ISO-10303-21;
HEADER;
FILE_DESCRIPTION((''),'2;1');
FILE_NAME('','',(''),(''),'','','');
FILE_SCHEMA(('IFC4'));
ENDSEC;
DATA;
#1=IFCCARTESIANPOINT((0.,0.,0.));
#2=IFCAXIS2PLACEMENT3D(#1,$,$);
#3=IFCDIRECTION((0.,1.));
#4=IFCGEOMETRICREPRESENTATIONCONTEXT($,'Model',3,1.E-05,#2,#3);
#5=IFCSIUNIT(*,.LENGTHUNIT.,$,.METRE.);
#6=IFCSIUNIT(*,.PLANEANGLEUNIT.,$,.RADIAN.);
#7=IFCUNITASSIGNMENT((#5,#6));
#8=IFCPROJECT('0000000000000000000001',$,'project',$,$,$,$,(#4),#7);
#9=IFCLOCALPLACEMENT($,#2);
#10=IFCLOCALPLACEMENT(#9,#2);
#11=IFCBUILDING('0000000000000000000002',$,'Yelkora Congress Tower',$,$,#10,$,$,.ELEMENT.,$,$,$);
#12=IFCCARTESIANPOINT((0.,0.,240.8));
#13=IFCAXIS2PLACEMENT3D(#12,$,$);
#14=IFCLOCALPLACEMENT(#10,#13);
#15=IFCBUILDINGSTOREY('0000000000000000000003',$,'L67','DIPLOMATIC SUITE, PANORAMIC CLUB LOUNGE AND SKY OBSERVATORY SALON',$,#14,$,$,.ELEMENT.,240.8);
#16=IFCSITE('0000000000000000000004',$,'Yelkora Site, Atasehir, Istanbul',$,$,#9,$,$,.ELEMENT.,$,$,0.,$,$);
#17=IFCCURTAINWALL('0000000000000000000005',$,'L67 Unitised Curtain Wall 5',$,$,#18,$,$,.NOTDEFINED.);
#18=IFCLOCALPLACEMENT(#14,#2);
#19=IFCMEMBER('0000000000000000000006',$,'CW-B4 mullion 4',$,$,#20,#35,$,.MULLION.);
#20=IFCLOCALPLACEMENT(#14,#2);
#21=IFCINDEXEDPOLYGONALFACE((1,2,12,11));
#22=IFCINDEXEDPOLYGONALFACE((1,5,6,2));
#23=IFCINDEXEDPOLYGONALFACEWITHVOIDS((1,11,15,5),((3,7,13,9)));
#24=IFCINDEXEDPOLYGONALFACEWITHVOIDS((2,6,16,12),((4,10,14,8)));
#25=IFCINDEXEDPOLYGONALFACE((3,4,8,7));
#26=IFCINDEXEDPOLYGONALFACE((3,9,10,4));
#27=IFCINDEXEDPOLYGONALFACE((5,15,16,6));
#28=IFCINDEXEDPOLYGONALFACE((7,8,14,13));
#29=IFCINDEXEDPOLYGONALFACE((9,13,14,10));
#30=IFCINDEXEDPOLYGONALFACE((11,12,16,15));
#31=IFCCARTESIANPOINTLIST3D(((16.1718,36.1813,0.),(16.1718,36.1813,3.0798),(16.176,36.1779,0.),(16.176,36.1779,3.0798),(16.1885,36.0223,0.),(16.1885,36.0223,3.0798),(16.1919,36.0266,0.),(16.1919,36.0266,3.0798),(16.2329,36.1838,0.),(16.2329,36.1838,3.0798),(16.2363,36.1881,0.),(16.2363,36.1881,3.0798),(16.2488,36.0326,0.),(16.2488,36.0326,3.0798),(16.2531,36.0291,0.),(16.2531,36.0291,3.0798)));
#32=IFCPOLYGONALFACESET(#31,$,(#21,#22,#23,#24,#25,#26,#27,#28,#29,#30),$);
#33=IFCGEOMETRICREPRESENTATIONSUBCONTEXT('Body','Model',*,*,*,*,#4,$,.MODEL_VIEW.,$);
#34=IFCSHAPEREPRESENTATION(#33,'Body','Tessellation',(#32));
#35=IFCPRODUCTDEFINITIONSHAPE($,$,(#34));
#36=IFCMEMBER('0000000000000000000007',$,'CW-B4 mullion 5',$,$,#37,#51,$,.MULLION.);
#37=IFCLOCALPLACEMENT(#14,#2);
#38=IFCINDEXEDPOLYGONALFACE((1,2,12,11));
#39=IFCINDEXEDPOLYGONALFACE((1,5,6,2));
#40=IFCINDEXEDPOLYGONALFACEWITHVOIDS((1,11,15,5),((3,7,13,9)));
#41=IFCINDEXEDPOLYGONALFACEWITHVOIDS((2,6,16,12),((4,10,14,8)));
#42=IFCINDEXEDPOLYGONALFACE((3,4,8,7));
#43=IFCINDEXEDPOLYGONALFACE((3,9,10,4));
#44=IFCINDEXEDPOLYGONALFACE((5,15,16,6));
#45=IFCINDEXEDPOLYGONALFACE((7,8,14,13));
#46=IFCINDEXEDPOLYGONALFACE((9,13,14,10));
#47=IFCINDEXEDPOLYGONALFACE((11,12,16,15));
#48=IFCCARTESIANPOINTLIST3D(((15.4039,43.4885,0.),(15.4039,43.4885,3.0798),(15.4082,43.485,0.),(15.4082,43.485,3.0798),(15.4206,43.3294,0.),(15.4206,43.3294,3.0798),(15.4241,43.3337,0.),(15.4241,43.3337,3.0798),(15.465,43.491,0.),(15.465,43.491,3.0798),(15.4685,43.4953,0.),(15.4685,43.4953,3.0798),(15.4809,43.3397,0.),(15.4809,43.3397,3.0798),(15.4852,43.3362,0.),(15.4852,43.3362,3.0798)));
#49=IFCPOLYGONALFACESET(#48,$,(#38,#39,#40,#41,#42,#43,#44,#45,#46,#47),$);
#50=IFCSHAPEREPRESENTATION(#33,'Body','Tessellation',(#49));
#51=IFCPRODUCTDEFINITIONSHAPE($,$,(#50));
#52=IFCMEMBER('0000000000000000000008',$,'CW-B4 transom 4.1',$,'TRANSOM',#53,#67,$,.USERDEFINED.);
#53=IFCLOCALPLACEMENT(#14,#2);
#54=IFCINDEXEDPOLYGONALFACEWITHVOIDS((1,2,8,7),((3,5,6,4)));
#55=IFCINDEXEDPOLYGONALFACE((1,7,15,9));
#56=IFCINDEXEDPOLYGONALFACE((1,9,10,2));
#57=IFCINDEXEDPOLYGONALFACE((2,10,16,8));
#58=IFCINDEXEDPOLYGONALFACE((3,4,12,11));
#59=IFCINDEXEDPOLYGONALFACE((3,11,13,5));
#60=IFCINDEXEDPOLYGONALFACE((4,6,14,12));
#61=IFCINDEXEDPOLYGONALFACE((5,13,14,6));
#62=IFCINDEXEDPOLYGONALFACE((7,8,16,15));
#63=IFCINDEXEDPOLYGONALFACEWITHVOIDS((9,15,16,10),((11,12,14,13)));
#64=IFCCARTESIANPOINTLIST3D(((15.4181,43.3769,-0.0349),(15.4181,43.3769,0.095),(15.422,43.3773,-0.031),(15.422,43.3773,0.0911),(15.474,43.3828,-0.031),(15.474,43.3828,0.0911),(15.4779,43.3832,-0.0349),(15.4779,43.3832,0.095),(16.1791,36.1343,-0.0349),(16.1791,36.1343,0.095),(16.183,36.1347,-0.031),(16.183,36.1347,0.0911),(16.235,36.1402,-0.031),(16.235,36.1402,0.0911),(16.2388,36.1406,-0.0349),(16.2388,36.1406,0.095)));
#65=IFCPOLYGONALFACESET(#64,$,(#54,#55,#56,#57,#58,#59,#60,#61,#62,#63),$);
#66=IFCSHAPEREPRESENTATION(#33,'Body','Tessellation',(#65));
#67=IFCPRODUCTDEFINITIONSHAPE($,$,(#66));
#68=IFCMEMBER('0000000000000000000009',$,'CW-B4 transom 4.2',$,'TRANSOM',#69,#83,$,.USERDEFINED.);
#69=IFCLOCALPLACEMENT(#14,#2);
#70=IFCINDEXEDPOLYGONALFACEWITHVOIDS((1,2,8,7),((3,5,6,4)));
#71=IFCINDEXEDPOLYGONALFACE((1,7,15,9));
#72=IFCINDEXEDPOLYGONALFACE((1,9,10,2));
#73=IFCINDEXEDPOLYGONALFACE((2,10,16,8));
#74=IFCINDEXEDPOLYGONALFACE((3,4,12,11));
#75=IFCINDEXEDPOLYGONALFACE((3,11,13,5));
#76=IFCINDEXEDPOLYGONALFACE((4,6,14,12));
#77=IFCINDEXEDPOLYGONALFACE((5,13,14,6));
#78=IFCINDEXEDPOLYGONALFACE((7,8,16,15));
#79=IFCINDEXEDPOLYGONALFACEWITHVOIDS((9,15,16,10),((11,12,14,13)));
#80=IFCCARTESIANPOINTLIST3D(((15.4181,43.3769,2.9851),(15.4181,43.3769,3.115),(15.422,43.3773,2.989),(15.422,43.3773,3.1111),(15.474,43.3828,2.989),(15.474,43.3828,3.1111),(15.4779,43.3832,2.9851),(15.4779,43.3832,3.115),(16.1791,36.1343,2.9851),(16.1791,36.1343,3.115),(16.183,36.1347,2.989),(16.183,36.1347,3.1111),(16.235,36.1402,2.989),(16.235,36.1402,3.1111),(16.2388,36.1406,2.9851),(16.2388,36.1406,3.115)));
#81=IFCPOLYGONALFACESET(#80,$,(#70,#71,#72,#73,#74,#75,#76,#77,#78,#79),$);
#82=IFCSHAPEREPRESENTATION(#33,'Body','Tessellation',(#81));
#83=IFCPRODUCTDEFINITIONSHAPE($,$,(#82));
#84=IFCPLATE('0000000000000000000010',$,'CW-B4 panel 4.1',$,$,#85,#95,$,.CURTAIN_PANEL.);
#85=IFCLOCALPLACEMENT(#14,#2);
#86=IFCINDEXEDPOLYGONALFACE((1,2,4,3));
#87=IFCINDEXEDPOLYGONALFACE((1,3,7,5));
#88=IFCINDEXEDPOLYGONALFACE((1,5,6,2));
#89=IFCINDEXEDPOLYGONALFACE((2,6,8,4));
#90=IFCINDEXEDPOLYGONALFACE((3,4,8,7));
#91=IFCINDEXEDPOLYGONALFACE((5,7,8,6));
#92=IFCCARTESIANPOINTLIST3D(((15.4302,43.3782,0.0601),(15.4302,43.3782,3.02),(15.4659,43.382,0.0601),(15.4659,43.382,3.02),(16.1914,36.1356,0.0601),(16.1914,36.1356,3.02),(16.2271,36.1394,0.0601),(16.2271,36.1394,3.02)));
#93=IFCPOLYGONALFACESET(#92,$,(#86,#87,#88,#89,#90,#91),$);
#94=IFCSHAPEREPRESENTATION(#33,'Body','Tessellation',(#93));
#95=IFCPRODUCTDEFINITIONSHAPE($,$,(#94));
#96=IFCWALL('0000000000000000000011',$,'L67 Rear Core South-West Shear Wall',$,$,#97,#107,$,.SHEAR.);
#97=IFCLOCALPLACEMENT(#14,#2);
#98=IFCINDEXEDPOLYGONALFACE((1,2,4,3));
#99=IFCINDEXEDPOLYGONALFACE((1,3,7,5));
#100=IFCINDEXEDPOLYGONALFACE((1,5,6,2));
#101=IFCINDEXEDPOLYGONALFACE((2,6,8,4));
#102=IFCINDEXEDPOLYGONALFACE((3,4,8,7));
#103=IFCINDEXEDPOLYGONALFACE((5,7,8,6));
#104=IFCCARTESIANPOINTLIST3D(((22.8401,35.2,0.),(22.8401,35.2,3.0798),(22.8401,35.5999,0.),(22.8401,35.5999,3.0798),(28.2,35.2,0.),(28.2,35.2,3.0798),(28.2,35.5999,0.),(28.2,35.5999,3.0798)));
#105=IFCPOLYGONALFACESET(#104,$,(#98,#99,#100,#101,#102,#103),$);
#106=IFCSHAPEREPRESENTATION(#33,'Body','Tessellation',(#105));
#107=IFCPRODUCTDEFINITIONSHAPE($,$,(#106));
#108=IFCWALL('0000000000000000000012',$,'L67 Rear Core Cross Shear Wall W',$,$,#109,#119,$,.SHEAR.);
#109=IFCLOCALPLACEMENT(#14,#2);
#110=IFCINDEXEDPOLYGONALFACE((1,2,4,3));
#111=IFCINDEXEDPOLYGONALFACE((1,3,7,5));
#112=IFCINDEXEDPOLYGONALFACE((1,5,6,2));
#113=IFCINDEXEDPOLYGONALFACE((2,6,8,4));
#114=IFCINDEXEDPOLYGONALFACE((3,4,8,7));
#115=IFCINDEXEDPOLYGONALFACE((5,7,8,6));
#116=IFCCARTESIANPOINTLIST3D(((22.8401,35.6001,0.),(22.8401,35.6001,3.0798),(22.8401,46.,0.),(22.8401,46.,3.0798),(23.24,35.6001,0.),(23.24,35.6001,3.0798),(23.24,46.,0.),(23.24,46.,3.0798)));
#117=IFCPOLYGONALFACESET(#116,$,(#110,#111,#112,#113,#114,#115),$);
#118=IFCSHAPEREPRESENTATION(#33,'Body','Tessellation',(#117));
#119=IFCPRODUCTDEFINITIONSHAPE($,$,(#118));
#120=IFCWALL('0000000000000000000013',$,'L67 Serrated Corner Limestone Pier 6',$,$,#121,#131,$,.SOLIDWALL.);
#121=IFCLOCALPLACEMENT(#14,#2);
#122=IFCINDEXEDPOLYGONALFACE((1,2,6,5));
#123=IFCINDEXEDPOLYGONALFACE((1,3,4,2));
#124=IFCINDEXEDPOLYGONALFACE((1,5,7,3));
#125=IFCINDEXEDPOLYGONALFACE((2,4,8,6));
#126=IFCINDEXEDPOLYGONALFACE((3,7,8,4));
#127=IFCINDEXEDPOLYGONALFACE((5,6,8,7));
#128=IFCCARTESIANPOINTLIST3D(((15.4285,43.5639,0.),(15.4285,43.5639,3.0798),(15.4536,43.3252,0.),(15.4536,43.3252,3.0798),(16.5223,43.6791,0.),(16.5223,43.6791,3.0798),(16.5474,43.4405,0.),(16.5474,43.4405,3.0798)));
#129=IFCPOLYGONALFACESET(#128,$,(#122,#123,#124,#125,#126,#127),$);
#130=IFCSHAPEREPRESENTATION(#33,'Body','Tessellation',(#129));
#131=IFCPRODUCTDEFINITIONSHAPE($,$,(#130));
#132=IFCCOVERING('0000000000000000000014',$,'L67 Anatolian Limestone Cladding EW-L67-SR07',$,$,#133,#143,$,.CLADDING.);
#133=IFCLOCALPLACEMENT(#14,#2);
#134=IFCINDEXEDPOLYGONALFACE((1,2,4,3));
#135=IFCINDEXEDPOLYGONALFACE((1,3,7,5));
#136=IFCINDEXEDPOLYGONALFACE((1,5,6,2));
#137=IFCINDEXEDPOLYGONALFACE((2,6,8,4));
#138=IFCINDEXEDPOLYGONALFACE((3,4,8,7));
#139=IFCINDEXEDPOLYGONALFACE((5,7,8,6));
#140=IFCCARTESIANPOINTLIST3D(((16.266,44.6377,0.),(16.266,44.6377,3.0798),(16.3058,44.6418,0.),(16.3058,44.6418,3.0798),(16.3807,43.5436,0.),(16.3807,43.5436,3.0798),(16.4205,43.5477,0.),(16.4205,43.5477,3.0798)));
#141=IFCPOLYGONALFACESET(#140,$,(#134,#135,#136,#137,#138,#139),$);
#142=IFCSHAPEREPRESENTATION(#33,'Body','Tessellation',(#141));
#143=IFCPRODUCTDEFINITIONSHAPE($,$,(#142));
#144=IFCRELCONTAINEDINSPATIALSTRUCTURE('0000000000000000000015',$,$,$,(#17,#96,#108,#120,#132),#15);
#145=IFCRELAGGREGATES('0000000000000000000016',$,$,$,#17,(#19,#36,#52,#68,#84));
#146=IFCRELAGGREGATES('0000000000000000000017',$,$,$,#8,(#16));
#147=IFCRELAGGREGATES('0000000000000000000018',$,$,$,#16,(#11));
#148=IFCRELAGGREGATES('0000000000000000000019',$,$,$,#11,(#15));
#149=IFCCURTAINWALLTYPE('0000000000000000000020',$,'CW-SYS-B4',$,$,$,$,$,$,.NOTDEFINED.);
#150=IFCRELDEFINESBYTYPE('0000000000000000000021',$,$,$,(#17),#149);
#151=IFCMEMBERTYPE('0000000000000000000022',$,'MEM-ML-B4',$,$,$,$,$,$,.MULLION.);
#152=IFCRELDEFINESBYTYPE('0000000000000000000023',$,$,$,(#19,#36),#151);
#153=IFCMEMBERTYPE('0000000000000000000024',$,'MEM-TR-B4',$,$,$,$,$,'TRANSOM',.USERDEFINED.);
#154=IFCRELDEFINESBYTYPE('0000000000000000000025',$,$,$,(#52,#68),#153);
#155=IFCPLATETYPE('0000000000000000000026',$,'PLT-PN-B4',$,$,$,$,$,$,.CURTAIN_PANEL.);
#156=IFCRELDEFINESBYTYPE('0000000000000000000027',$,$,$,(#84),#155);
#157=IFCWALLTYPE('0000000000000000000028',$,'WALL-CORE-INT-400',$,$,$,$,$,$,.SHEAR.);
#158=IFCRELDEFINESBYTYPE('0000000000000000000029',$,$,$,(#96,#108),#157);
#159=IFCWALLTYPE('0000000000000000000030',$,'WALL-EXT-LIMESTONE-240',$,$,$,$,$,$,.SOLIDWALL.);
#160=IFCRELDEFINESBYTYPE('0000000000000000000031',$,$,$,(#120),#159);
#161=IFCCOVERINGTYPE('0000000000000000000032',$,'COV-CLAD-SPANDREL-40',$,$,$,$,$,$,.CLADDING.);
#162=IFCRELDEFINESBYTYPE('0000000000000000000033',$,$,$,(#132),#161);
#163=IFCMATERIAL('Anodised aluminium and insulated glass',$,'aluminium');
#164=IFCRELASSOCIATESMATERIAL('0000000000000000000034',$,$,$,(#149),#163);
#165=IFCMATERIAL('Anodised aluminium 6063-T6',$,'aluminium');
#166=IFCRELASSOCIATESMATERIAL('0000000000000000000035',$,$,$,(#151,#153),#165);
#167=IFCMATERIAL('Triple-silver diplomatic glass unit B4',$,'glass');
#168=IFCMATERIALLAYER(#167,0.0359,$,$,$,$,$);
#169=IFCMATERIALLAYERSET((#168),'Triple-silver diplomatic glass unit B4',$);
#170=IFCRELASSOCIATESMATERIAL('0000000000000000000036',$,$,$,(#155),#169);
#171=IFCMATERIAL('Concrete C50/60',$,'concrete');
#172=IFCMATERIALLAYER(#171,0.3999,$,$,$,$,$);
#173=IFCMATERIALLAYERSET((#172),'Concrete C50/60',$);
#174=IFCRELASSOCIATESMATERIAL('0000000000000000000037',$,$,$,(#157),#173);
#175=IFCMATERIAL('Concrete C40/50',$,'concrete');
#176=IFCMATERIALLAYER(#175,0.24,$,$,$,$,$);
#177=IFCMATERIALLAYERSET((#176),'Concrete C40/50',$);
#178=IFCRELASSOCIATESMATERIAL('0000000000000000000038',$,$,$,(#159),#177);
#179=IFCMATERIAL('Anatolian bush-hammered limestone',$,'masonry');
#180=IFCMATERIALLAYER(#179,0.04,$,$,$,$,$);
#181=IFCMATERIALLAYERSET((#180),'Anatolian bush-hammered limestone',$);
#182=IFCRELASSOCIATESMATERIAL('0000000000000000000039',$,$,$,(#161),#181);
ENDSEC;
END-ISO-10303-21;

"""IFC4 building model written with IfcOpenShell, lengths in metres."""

from ifc_helpers import new_model, si_unit, direction, frame, frame_2d, origin, origin_2d, place, context, subcontext, project, spatial, rectangle, hollow_rectangle, extrude, material, layer, layer_set, material_profile, profile_set, type_object, element, aggregate, save


model = new_model("IFC4")

# Units and contexts
model_context = context("Model", 3, precision=1e-05, world=origin(), true_north=direction((0.0, 1.0)))
body_context = subcontext(model_context, "Body", "Model", "MODEL_VIEW")
ifc_project = project(units=[si_unit("LENGTHUNIT", "METRE"), si_unit("PLANEANGLEUNIT", "RADIAN")], contexts=[model_context])

# Site, building, storey
site_placement = place(None, origin())
site = spatial("IfcSite", under=ifc_project, at=site_placement, Name="Yelkora Site, Atasehir, Istanbul", CompositionType="ELEMENT", RefElevation=0.0)
building_placement = place(site_placement, origin())
building = spatial("IfcBuilding", under=site, at=building_placement, Name="Yelkora Congress Tower", CompositionType="ELEMENT")
storey_placement = place(building_placement, frame((0.0, 0.0, 240.8)))
storey = spatial("IfcBuildingStorey", under=building, at=storey_placement, Name="L67", Description="DIPLOMATIC SUITE, PANORAMIC CLUB LOUNGE AND SKY OBSERVATORY SALON", CompositionType="ELEMENT", Elevation=240.8)

# Curtain wall, members, plate
ifc_material_1 = material(Name="Anodised aluminium and insulated glass", Category="aluminium")
curtain_wall_type = type_object("IfcCurtainWallType", Name="CW-SYS-B4", PredefinedType="NOTDEFINED", material=ifc_material_1)
curtain_wall_placement = place(storey_placement, origin())
curtain_wall = element("IfcCurtainWall", 1, at=curtain_wall_placement, inside=storey, type_object=curtain_wall_type, Name="L67 Unitised Curtain Wall 5", PredefinedType="NOTDEFINED")
ifc_material_2 = material(Name="Anodised aluminium 6063-T6", Category="aluminium")
ifc_material_profile_1 = material_profile(ifc_material_2, hollow_rectangle(XDim=0.0649, YDim=0.1599, WallThickness=0.0039, at=origin_2d()), Name="ALU 65x160x4")
ifc_profile_set_1 = profile_set([ifc_material_profile_1], Name="Anodised aluminium 6063-T6")
member_type_1 = type_object("IfcMemberType", Name="MEM-ML-B4", PredefinedType="MULLION", material=ifc_profile_set_1)
member_1_placement = place(storey_placement, frame((16.2124, 36.1052, 0.0), z_axis=(0.0, 0.0, 1.0), x_axis=(-0.994522, -0.104526, 0.0)))
member_1 = element("IfcMember", 2, at=member_1_placement, type_object=member_type_1, Name="CW-B4 mullion 4", PredefinedType="MULLION", context=body_context, shape_type="SweptSolid", body=[
    extrude(hollow_rectangle(XDim=0.0649, YDim=0.1599, WallThickness=0.0039, at=origin_2d()), origin(), (0.0, 0.0, 1.0), 3.0798),
])
member_2_placement = place(storey_placement, frame((15.4446, 43.4124, 0.0), z_axis=(0.0, 0.0, 1.0), x_axis=(-0.994522, -0.104526, 0.0)))
member_2 = element("IfcMember", 3, at=member_2_placement, type_object=member_type_1, Name="CW-B4 mullion 5", PredefinedType="MULLION", context=body_context, shape_type="SweptSolid", body=[
    extrude(hollow_rectangle(XDim=0.0649, YDim=0.1599, WallThickness=0.0039, at=origin_2d()), origin(), (0.0, 0.0, 1.0), 3.0798),
])
ifc_material_profile_2 = material_profile(ifc_material_2, hollow_rectangle(XDim=0.0601, YDim=0.1299, WallThickness=0.0039, at=origin_2d()), Name="ALU 60x130x4")
ifc_profile_set_2 = profile_set([ifc_material_profile_2], Name="Anodised aluminium 6063-T6")
member_type_2 = type_object("IfcMemberType", Name="MEM-TR-B4", ElementType="TRANSOM", PredefinedType="USERDEFINED", material=ifc_profile_set_2)
member_3_placement = place(storey_placement, frame((16.209, 36.1375, 0.03), z_axis=(-0.104495, 0.994525, 0.0), x_axis=(-0.994525, -0.104495, 0.0)))
member_3 = element("IfcMember", 4, at=member_3_placement, type_object=member_type_2, Name="CW-B4 transom 4.1", ObjectType="TRANSOM", PredefinedType="USERDEFINED", context=body_context, shape_type="SweptSolid", body=[
    extrude(hollow_rectangle(XDim=0.0601, YDim=0.1299, WallThickness=0.0039, at=origin_2d()), origin(), (0.0, 0.0, 1.0), 7.2825),
])
member_4_placement = place(storey_placement, frame((16.209, 36.1375, 3.05), z_axis=(-0.104495, 0.994525, 0.0), x_axis=(-0.994525, -0.104495, 0.0)))
member_4 = element("IfcMember", 5, at=member_4_placement, type_object=member_type_2, Name="CW-B4 transom 4.2", ObjectType="TRANSOM", PredefinedType="USERDEFINED", context=body_context, shape_type="SweptSolid", body=[
    extrude(hollow_rectangle(XDim=0.0601, YDim=0.1299, WallThickness=0.0039, at=origin_2d()), origin(), (0.0, 0.0, 1.0), 7.2825),
])
ifc_material_3 = material(Name="Triple-silver diplomatic glass unit B4", Category="glass")
ifc_layer_1 = layer(ifc_material_3, 0.0359)
ifc_layer_set_1 = layer_set([ifc_layer_1], Name="Triple-silver diplomatic glass unit B4")
plate_type = type_object("IfcPlateType", Name="PLT-PN-B4", PredefinedType="CURTAIN_PANEL", material=ifc_layer_set_1)
plate_placement = place(storey_placement, frame((15.8286, 39.7588, 0.0601), z_axis=(0.0, 0.0, 1.0), x_axis=(-0.104526, 0.994522, 0.0)))
plate = element("IfcPlate", 6, at=plate_placement, type_object=plate_type, Name="CW-B4 panel 4.1", PredefinedType="CURTAIN_PANEL", context=body_context, shape_type="SweptSolid", body=[
    extrude(rectangle(XDim=7.2825, YDim=0.0359, at=origin_2d()), origin(), (0.0, 0.0, 1.0), 2.96),
])
aggregate(curtain_wall, [member_1, member_2, member_3, member_4, plate])

# Walls
ifc_material_4 = material(Name="Concrete C50/60", Category="concrete")
ifc_layer_2 = layer(ifc_material_4, 0.3999)
ifc_layer_set_2 = layer_set([ifc_layer_2], Name="Concrete C50/60")
wall_type_1 = type_object("IfcWallType", Name="WALL-CORE-INT-400", PredefinedType="SHEAR", material=ifc_layer_set_2)
wall_1_placement = place(storey_placement, frame((22.8401, 35.3999, 0.0), z_axis=(0.0, 0.0, 1.0), x_axis=(1.0, 0.0, 0.0)))
element("IfcWall", 7, at=wall_1_placement, inside=storey, type_object=wall_type_1, Name="L67 Rear Core South-West Shear Wall", PredefinedType="SHEAR", context=body_context, shape_type="SweptSolid", body=[
    extrude(rectangle(XDim=5.3599, YDim=0.3999, at=frame_2d((2.6799, 0.0))), origin(), (0.0, 0.0, 1.0), 3.0798),
])
wall_2_placement = place(storey_placement, frame((23.04, 35.6001, 0.0), z_axis=(0.0, 0.0, 1.0), x_axis=(0.0, 1.0, 0.0)))
element("IfcWall", 8, at=wall_2_placement, inside=storey, type_object=wall_type_1, Name="L67 Rear Core Cross Shear Wall W", PredefinedType="SHEAR", context=body_context, shape_type="SweptSolid", body=[
    extrude(rectangle(XDim=10.3999, YDim=0.3999, at=frame_2d((5.2, 0.0))), origin(), (0.0, 0.0, 1.0), 3.0798),
])
ifc_material_5 = material(Name="Concrete C40/50", Category="concrete")
ifc_layer_3 = layer(ifc_material_5, 0.24)
ifc_layer_set_3 = layer_set([ifc_layer_3], Name="Concrete C40/50")
wall_type_2 = type_object("IfcWallType", Name="WALL-EXT-LIMESTONE-240", PredefinedType="SOLIDWALL", material=ifc_layer_set_3)
wall_3_placement = place(storey_placement, frame((15.4412, 43.4446, 0.0), z_axis=(0.0, 0.0, 1.0), x_axis=(0.994496, 0.104777, 0.0)))
element("IfcWall", 9, at=wall_3_placement, inside=storey, type_object=wall_type_2, Name="L67 Serrated Corner Limestone Pier 6", PredefinedType="SOLIDWALL", context=body_context, shape_type="SweptSolid", body=[
    extrude(rectangle(XDim=1.0999, YDim=0.24, at=frame_2d((0.5498, 0.0))), origin(), (0.0, 0.0, 1.0), 3.0798),
])

# Covering
ifc_material_6 = material(Name="Anatolian bush-hammered limestone", Category="masonry")
ifc_layer_4 = layer(ifc_material_6, 0.04)
ifc_layer_set_4 = layer_set([ifc_layer_4], Name="Anatolian bush-hammered limestone")
covering_type = type_object("IfcCoveringType", Name="COV-CLAD-SPANDREL-40", PredefinedType="CLADDING", material=ifc_layer_set_4)
covering_placement = place(storey_placement, frame((16.4006, 43.5457, 0.0), z_axis=(0.0, 0.0, 1.0), x_axis=(-0.104315, 0.994544, 0.0)))
element("IfcCovering", 10, at=covering_placement, inside=storey, type_object=covering_type, Name="L67 Anatolian Limestone Cladding EW-L67-SR07", PredefinedType="CLADDING", context=body_context, shape_type="SweptSolid", body=[
    extrude(rectangle(XDim=1.1001, YDim=0.04, at=frame_2d((0.55, 0.0))), origin(), (0.0, 0.0, 1.0), 3.0798),
])

save(model, "model.ifc")
